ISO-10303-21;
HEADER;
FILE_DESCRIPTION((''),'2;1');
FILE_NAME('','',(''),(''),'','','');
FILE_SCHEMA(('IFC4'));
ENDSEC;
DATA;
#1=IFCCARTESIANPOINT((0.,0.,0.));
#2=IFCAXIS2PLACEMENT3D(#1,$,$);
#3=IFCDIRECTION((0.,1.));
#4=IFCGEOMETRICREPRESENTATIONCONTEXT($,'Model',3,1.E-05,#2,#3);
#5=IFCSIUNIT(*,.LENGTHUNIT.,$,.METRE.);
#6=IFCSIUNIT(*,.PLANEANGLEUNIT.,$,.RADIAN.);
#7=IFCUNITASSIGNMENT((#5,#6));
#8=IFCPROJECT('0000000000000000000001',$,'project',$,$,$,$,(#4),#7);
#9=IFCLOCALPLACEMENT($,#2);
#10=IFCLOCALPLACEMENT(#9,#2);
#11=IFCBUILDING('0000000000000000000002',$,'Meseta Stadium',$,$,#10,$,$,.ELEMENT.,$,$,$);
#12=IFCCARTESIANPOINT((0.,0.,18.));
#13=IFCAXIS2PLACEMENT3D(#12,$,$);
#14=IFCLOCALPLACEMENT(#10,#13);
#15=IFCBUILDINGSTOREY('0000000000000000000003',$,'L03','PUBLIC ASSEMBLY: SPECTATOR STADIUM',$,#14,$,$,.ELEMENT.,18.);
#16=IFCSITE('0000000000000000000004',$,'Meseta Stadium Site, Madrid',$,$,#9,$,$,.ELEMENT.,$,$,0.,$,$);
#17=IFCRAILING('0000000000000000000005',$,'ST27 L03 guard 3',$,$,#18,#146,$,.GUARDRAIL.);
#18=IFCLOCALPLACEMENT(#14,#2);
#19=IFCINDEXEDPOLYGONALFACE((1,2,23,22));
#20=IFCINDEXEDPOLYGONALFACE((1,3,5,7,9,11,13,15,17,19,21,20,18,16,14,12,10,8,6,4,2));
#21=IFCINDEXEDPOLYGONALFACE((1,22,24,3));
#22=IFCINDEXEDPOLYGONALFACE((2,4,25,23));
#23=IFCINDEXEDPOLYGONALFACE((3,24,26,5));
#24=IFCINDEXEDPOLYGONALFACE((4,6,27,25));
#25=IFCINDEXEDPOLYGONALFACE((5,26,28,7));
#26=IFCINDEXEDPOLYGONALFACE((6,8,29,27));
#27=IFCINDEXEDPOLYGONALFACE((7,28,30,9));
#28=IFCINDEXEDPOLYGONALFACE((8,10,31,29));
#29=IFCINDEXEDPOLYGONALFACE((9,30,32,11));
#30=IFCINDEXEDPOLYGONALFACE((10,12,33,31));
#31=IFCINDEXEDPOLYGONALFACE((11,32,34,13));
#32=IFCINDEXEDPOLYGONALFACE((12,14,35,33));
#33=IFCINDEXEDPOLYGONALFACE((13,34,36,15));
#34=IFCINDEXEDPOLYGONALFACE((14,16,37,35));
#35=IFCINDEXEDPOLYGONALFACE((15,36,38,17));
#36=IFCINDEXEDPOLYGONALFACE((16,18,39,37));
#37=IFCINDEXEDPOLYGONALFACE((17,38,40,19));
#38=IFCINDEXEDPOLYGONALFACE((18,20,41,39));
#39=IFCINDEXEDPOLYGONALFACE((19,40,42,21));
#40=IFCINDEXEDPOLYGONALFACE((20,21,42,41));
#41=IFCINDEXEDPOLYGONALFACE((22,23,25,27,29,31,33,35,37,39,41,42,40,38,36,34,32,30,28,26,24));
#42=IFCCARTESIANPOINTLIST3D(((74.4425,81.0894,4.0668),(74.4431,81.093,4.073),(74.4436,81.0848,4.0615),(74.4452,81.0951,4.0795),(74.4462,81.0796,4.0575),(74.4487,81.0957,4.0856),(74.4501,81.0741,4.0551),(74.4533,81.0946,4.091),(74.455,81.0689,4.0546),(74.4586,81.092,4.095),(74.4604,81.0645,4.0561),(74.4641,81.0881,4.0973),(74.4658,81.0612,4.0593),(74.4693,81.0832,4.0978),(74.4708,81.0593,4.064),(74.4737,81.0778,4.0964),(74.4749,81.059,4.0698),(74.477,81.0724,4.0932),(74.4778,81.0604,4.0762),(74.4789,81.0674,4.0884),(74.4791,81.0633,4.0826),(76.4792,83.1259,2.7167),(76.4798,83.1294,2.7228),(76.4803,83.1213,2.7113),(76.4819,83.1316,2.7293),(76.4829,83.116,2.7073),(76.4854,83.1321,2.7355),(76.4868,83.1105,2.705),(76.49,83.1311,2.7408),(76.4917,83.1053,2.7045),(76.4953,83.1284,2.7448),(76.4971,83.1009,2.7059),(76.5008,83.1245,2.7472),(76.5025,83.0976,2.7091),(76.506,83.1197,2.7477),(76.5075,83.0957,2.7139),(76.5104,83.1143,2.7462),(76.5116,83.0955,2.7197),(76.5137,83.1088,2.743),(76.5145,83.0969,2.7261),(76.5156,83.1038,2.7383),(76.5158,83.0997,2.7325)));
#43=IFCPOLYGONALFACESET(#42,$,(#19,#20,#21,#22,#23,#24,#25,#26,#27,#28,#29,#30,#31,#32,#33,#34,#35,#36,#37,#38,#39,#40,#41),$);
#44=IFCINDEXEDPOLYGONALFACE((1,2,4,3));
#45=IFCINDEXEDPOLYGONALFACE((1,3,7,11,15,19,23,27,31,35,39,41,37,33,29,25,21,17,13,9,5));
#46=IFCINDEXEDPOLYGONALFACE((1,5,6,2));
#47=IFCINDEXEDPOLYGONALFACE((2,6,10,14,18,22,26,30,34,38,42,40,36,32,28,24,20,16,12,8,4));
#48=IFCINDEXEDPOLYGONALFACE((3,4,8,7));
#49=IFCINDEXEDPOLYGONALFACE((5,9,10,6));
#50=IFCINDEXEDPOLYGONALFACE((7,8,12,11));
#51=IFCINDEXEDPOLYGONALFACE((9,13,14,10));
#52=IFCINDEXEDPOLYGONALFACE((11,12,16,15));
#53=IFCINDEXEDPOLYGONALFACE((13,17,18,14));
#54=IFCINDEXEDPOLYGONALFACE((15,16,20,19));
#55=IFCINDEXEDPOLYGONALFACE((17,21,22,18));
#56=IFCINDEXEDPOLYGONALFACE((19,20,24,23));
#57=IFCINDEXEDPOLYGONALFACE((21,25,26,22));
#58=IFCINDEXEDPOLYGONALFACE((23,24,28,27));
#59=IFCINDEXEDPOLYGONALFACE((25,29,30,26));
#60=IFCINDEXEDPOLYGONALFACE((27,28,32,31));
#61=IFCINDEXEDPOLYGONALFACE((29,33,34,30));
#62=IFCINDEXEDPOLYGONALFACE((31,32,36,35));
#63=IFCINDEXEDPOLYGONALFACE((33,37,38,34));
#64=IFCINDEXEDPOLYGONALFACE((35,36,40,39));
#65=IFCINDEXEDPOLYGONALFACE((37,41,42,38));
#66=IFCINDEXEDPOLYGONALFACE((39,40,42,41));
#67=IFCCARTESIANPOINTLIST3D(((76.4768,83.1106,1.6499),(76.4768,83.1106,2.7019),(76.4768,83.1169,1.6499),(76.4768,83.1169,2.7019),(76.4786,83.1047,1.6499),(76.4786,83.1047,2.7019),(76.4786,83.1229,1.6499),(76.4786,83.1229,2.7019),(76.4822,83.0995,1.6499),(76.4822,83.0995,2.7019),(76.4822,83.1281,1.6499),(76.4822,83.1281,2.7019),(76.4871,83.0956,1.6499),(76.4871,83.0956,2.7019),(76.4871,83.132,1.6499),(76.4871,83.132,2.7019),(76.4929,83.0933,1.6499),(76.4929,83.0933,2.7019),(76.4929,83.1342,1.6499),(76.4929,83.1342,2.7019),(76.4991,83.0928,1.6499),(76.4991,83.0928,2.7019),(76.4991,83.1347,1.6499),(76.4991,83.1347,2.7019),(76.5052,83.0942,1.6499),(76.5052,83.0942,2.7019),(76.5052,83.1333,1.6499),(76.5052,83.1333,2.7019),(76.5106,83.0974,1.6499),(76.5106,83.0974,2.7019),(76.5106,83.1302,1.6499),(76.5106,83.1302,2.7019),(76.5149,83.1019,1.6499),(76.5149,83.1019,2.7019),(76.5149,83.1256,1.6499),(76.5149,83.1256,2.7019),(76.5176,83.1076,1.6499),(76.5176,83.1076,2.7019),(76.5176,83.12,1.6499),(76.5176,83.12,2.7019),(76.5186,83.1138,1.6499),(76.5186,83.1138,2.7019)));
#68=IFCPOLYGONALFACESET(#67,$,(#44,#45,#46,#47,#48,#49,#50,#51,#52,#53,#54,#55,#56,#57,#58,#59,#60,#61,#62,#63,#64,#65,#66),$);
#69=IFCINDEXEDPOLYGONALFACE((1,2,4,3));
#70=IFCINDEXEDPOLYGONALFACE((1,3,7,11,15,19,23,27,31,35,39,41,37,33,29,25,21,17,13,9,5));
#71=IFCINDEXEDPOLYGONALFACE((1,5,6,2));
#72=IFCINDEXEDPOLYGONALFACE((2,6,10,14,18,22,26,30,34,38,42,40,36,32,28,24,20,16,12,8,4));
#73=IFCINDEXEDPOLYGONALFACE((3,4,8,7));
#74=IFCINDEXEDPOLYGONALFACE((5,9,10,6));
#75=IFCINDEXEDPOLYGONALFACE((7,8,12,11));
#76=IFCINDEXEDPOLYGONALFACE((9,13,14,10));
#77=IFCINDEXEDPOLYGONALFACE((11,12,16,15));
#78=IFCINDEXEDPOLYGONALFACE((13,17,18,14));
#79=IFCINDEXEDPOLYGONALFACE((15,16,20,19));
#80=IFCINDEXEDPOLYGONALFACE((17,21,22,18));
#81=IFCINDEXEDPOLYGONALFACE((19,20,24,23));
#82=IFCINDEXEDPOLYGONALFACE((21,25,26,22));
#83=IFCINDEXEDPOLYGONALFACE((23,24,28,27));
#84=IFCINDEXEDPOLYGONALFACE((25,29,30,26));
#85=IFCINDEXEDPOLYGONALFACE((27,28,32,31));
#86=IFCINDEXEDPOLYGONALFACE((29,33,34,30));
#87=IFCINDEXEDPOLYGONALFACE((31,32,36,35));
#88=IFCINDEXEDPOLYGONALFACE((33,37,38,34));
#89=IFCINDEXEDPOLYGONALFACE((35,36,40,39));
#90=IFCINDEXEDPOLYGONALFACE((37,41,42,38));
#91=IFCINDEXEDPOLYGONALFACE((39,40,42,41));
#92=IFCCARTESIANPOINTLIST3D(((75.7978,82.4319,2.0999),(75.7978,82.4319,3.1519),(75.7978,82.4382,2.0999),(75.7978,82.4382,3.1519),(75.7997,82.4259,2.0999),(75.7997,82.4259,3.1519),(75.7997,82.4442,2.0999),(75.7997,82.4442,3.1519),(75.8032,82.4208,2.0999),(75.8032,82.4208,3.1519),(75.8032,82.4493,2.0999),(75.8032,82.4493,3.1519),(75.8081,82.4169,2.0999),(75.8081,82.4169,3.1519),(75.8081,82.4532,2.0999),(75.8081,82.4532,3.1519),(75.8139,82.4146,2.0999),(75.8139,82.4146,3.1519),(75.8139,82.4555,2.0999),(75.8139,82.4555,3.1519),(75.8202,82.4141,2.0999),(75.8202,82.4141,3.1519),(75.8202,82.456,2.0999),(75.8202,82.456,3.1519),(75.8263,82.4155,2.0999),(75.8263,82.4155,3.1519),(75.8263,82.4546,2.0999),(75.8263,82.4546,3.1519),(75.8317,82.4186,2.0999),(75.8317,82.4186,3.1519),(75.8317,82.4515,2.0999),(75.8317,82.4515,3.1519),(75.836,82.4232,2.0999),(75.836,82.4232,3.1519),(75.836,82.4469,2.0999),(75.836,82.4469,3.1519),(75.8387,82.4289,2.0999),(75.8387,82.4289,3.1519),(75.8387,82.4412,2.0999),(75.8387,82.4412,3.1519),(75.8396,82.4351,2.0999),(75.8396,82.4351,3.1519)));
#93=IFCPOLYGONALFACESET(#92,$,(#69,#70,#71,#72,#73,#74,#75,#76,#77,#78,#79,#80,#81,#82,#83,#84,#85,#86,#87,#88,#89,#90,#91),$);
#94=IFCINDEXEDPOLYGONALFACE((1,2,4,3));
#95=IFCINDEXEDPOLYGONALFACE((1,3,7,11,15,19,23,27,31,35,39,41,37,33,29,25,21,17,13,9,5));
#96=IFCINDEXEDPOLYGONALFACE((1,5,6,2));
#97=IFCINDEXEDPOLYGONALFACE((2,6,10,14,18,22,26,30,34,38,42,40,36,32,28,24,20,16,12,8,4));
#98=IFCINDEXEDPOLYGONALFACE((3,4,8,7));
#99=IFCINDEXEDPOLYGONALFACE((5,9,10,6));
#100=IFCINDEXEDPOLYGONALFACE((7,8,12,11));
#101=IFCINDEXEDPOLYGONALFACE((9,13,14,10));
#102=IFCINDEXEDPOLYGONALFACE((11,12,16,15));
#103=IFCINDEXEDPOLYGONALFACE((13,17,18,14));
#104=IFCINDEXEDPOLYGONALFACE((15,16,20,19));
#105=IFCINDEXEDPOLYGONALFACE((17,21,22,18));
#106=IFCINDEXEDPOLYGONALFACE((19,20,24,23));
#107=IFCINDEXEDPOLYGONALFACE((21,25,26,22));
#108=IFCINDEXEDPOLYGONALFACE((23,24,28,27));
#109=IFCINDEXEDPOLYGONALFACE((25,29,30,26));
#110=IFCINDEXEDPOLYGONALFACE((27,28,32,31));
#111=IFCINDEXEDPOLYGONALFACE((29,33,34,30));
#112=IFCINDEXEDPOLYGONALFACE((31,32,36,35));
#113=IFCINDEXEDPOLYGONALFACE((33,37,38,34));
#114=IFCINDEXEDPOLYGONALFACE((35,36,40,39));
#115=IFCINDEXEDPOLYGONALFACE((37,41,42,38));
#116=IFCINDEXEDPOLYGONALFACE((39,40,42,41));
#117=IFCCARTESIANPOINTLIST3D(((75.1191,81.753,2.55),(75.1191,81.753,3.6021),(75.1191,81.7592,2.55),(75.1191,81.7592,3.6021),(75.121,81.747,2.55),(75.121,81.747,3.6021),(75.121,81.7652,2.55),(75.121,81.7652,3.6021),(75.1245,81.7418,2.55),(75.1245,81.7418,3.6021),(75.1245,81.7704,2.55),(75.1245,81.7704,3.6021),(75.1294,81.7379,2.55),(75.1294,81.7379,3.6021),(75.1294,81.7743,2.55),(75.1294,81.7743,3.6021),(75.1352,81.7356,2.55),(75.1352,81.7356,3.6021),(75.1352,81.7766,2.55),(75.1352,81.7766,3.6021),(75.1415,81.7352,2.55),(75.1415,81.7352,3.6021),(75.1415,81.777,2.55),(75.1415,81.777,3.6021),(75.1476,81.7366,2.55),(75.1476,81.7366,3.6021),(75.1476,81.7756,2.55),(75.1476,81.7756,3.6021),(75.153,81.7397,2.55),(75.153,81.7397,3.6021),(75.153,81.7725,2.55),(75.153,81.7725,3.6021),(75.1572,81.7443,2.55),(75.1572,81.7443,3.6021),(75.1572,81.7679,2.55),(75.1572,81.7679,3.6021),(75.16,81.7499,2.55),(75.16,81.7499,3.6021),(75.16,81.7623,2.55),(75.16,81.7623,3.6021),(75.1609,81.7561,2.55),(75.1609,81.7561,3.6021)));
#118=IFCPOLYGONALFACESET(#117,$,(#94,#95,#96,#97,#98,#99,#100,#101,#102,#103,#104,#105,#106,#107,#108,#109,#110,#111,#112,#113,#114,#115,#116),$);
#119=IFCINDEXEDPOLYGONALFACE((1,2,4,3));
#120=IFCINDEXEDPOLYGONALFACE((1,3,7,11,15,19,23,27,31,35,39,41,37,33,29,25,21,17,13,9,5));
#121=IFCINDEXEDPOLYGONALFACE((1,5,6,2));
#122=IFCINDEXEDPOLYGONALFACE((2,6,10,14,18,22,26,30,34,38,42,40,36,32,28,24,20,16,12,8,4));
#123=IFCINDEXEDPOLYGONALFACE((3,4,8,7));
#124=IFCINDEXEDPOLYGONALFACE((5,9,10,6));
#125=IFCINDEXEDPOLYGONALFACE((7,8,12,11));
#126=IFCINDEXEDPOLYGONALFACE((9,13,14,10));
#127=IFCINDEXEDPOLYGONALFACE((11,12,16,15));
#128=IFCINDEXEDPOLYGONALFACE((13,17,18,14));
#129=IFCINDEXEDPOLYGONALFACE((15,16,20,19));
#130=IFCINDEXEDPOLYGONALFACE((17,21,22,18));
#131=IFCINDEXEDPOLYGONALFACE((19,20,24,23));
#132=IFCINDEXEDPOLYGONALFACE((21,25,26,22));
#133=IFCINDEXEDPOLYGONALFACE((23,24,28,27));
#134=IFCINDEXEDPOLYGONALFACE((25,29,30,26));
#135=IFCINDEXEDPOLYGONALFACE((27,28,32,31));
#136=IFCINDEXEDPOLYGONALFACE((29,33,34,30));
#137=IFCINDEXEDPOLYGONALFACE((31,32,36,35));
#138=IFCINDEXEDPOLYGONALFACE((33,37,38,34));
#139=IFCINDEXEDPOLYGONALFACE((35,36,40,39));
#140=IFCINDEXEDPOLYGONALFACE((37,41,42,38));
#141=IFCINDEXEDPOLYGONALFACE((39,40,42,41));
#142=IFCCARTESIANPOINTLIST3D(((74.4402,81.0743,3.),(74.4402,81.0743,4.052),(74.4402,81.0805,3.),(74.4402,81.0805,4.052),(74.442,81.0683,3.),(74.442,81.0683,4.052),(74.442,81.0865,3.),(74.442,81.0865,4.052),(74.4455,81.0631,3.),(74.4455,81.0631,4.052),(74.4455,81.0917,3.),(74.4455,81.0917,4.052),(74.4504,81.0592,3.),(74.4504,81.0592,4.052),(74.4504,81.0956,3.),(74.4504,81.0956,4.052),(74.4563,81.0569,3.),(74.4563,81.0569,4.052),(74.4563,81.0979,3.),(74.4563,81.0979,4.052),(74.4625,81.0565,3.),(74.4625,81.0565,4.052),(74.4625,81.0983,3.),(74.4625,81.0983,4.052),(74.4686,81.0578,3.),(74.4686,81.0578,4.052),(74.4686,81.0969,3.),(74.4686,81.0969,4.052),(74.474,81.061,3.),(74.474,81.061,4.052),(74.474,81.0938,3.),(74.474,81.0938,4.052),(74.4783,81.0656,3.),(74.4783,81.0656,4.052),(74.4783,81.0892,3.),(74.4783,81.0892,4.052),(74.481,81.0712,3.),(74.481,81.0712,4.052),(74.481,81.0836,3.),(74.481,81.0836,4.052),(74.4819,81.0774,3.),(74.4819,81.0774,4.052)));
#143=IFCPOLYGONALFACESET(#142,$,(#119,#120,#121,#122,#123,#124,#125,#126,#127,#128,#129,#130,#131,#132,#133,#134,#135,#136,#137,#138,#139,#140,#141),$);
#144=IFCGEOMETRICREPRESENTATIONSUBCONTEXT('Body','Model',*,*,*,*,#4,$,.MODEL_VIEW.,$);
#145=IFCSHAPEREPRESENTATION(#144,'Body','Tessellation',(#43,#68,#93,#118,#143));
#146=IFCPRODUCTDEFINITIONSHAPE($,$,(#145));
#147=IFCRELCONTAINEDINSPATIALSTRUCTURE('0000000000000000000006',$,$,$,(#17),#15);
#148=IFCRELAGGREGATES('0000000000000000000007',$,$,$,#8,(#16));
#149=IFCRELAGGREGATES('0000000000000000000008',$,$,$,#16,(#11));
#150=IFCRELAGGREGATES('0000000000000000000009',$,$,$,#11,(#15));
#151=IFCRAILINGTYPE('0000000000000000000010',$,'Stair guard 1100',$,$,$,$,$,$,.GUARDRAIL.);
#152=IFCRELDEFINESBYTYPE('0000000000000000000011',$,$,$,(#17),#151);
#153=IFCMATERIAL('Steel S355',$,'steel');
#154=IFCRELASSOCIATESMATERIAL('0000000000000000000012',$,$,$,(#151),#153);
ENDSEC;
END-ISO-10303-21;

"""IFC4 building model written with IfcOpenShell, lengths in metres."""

from ifc_helpers import new_model, si_unit, direction, frame, origin, origin_2d, place, context, subcontext, project, spatial, circle, extrude, material, type_object, element, save


model = new_model("IFC4")

# Units and contexts
model_context = context("Model", 3, precision=1e-05, world=origin(), true_north=direction((0.0, 1.0)))
body_context = subcontext(model_context, "Body", "Model", "MODEL_VIEW")
ifc_project = project(units=[si_unit("LENGTHUNIT", "METRE"), si_unit("PLANEANGLEUNIT", "RADIAN")], contexts=[model_context])

# Site, building, storey
site_placement = place(None, origin())
site = spatial("IfcSite", under=ifc_project, at=site_placement, Name="Meseta Stadium Site, Madrid", CompositionType="ELEMENT", RefElevation=0.0)
building_placement = place(site_placement, origin())
building = spatial("IfcBuilding", under=site, at=building_placement, Name="Meseta Stadium", CompositionType="ELEMENT")
storey_placement = place(building_placement, frame((0.0, 0.0, 18.0)))
storey = spatial("IfcBuildingStorey", under=building, at=storey_placement, Name="L03", Description="PUBLIC ASSEMBLY: SPECTATOR STADIUM", CompositionType="ELEMENT", Elevation=18.0)

# Railing
ifc_material_1 = material(Name="Steel S355", Category="steel")
railing_type_1 = type_object("IfcRailingType", Name="Stair guard 1100", PredefinedType="GUARDRAIL", material=ifc_material_1)
railing_1_placement = place(storey_placement, frame((76.4976, 83.1138, 1.6499)))
element("IfcRailing", 1, at=railing_1_placement, inside=storey, type_object=railing_type_1, Name="ST27 L03 guard 3", PredefinedType="GUARDRAIL", context=body_context, shape_type="SweptSolid", body=[
    extrude(circle(Radius=0.0239, at=origin_2d()), frame((0.0, 0.0, 1.0762), z_axis=(-0.640288, -0.640211, 0.424454), x_axis=(0.707064, -0.707149, 0.0)), (0.0, 0.0, 1.0), 3.1809),
    extrude(circle(Radius=0.021, at=origin_2d()), origin(), (0.0, 0.0, 1.0), 1.052),
    extrude(circle(Radius=0.021, at=origin_2d()), frame((-0.679, -0.6787, 0.45)), (0.0, 0.0, 1.0), 1.052),
    extrude(circle(Radius=0.021, at=origin_2d()), frame((-1.3577, -1.3577, 0.9001)), (0.0, 0.0, 1.0), 1.052),
    extrude(circle(Radius=0.021, at=origin_2d()), frame((-2.0366, -2.0364, 1.3501)), (0.0, 0.0, 1.0), 1.052),
])

save(model, "model.ifc")
